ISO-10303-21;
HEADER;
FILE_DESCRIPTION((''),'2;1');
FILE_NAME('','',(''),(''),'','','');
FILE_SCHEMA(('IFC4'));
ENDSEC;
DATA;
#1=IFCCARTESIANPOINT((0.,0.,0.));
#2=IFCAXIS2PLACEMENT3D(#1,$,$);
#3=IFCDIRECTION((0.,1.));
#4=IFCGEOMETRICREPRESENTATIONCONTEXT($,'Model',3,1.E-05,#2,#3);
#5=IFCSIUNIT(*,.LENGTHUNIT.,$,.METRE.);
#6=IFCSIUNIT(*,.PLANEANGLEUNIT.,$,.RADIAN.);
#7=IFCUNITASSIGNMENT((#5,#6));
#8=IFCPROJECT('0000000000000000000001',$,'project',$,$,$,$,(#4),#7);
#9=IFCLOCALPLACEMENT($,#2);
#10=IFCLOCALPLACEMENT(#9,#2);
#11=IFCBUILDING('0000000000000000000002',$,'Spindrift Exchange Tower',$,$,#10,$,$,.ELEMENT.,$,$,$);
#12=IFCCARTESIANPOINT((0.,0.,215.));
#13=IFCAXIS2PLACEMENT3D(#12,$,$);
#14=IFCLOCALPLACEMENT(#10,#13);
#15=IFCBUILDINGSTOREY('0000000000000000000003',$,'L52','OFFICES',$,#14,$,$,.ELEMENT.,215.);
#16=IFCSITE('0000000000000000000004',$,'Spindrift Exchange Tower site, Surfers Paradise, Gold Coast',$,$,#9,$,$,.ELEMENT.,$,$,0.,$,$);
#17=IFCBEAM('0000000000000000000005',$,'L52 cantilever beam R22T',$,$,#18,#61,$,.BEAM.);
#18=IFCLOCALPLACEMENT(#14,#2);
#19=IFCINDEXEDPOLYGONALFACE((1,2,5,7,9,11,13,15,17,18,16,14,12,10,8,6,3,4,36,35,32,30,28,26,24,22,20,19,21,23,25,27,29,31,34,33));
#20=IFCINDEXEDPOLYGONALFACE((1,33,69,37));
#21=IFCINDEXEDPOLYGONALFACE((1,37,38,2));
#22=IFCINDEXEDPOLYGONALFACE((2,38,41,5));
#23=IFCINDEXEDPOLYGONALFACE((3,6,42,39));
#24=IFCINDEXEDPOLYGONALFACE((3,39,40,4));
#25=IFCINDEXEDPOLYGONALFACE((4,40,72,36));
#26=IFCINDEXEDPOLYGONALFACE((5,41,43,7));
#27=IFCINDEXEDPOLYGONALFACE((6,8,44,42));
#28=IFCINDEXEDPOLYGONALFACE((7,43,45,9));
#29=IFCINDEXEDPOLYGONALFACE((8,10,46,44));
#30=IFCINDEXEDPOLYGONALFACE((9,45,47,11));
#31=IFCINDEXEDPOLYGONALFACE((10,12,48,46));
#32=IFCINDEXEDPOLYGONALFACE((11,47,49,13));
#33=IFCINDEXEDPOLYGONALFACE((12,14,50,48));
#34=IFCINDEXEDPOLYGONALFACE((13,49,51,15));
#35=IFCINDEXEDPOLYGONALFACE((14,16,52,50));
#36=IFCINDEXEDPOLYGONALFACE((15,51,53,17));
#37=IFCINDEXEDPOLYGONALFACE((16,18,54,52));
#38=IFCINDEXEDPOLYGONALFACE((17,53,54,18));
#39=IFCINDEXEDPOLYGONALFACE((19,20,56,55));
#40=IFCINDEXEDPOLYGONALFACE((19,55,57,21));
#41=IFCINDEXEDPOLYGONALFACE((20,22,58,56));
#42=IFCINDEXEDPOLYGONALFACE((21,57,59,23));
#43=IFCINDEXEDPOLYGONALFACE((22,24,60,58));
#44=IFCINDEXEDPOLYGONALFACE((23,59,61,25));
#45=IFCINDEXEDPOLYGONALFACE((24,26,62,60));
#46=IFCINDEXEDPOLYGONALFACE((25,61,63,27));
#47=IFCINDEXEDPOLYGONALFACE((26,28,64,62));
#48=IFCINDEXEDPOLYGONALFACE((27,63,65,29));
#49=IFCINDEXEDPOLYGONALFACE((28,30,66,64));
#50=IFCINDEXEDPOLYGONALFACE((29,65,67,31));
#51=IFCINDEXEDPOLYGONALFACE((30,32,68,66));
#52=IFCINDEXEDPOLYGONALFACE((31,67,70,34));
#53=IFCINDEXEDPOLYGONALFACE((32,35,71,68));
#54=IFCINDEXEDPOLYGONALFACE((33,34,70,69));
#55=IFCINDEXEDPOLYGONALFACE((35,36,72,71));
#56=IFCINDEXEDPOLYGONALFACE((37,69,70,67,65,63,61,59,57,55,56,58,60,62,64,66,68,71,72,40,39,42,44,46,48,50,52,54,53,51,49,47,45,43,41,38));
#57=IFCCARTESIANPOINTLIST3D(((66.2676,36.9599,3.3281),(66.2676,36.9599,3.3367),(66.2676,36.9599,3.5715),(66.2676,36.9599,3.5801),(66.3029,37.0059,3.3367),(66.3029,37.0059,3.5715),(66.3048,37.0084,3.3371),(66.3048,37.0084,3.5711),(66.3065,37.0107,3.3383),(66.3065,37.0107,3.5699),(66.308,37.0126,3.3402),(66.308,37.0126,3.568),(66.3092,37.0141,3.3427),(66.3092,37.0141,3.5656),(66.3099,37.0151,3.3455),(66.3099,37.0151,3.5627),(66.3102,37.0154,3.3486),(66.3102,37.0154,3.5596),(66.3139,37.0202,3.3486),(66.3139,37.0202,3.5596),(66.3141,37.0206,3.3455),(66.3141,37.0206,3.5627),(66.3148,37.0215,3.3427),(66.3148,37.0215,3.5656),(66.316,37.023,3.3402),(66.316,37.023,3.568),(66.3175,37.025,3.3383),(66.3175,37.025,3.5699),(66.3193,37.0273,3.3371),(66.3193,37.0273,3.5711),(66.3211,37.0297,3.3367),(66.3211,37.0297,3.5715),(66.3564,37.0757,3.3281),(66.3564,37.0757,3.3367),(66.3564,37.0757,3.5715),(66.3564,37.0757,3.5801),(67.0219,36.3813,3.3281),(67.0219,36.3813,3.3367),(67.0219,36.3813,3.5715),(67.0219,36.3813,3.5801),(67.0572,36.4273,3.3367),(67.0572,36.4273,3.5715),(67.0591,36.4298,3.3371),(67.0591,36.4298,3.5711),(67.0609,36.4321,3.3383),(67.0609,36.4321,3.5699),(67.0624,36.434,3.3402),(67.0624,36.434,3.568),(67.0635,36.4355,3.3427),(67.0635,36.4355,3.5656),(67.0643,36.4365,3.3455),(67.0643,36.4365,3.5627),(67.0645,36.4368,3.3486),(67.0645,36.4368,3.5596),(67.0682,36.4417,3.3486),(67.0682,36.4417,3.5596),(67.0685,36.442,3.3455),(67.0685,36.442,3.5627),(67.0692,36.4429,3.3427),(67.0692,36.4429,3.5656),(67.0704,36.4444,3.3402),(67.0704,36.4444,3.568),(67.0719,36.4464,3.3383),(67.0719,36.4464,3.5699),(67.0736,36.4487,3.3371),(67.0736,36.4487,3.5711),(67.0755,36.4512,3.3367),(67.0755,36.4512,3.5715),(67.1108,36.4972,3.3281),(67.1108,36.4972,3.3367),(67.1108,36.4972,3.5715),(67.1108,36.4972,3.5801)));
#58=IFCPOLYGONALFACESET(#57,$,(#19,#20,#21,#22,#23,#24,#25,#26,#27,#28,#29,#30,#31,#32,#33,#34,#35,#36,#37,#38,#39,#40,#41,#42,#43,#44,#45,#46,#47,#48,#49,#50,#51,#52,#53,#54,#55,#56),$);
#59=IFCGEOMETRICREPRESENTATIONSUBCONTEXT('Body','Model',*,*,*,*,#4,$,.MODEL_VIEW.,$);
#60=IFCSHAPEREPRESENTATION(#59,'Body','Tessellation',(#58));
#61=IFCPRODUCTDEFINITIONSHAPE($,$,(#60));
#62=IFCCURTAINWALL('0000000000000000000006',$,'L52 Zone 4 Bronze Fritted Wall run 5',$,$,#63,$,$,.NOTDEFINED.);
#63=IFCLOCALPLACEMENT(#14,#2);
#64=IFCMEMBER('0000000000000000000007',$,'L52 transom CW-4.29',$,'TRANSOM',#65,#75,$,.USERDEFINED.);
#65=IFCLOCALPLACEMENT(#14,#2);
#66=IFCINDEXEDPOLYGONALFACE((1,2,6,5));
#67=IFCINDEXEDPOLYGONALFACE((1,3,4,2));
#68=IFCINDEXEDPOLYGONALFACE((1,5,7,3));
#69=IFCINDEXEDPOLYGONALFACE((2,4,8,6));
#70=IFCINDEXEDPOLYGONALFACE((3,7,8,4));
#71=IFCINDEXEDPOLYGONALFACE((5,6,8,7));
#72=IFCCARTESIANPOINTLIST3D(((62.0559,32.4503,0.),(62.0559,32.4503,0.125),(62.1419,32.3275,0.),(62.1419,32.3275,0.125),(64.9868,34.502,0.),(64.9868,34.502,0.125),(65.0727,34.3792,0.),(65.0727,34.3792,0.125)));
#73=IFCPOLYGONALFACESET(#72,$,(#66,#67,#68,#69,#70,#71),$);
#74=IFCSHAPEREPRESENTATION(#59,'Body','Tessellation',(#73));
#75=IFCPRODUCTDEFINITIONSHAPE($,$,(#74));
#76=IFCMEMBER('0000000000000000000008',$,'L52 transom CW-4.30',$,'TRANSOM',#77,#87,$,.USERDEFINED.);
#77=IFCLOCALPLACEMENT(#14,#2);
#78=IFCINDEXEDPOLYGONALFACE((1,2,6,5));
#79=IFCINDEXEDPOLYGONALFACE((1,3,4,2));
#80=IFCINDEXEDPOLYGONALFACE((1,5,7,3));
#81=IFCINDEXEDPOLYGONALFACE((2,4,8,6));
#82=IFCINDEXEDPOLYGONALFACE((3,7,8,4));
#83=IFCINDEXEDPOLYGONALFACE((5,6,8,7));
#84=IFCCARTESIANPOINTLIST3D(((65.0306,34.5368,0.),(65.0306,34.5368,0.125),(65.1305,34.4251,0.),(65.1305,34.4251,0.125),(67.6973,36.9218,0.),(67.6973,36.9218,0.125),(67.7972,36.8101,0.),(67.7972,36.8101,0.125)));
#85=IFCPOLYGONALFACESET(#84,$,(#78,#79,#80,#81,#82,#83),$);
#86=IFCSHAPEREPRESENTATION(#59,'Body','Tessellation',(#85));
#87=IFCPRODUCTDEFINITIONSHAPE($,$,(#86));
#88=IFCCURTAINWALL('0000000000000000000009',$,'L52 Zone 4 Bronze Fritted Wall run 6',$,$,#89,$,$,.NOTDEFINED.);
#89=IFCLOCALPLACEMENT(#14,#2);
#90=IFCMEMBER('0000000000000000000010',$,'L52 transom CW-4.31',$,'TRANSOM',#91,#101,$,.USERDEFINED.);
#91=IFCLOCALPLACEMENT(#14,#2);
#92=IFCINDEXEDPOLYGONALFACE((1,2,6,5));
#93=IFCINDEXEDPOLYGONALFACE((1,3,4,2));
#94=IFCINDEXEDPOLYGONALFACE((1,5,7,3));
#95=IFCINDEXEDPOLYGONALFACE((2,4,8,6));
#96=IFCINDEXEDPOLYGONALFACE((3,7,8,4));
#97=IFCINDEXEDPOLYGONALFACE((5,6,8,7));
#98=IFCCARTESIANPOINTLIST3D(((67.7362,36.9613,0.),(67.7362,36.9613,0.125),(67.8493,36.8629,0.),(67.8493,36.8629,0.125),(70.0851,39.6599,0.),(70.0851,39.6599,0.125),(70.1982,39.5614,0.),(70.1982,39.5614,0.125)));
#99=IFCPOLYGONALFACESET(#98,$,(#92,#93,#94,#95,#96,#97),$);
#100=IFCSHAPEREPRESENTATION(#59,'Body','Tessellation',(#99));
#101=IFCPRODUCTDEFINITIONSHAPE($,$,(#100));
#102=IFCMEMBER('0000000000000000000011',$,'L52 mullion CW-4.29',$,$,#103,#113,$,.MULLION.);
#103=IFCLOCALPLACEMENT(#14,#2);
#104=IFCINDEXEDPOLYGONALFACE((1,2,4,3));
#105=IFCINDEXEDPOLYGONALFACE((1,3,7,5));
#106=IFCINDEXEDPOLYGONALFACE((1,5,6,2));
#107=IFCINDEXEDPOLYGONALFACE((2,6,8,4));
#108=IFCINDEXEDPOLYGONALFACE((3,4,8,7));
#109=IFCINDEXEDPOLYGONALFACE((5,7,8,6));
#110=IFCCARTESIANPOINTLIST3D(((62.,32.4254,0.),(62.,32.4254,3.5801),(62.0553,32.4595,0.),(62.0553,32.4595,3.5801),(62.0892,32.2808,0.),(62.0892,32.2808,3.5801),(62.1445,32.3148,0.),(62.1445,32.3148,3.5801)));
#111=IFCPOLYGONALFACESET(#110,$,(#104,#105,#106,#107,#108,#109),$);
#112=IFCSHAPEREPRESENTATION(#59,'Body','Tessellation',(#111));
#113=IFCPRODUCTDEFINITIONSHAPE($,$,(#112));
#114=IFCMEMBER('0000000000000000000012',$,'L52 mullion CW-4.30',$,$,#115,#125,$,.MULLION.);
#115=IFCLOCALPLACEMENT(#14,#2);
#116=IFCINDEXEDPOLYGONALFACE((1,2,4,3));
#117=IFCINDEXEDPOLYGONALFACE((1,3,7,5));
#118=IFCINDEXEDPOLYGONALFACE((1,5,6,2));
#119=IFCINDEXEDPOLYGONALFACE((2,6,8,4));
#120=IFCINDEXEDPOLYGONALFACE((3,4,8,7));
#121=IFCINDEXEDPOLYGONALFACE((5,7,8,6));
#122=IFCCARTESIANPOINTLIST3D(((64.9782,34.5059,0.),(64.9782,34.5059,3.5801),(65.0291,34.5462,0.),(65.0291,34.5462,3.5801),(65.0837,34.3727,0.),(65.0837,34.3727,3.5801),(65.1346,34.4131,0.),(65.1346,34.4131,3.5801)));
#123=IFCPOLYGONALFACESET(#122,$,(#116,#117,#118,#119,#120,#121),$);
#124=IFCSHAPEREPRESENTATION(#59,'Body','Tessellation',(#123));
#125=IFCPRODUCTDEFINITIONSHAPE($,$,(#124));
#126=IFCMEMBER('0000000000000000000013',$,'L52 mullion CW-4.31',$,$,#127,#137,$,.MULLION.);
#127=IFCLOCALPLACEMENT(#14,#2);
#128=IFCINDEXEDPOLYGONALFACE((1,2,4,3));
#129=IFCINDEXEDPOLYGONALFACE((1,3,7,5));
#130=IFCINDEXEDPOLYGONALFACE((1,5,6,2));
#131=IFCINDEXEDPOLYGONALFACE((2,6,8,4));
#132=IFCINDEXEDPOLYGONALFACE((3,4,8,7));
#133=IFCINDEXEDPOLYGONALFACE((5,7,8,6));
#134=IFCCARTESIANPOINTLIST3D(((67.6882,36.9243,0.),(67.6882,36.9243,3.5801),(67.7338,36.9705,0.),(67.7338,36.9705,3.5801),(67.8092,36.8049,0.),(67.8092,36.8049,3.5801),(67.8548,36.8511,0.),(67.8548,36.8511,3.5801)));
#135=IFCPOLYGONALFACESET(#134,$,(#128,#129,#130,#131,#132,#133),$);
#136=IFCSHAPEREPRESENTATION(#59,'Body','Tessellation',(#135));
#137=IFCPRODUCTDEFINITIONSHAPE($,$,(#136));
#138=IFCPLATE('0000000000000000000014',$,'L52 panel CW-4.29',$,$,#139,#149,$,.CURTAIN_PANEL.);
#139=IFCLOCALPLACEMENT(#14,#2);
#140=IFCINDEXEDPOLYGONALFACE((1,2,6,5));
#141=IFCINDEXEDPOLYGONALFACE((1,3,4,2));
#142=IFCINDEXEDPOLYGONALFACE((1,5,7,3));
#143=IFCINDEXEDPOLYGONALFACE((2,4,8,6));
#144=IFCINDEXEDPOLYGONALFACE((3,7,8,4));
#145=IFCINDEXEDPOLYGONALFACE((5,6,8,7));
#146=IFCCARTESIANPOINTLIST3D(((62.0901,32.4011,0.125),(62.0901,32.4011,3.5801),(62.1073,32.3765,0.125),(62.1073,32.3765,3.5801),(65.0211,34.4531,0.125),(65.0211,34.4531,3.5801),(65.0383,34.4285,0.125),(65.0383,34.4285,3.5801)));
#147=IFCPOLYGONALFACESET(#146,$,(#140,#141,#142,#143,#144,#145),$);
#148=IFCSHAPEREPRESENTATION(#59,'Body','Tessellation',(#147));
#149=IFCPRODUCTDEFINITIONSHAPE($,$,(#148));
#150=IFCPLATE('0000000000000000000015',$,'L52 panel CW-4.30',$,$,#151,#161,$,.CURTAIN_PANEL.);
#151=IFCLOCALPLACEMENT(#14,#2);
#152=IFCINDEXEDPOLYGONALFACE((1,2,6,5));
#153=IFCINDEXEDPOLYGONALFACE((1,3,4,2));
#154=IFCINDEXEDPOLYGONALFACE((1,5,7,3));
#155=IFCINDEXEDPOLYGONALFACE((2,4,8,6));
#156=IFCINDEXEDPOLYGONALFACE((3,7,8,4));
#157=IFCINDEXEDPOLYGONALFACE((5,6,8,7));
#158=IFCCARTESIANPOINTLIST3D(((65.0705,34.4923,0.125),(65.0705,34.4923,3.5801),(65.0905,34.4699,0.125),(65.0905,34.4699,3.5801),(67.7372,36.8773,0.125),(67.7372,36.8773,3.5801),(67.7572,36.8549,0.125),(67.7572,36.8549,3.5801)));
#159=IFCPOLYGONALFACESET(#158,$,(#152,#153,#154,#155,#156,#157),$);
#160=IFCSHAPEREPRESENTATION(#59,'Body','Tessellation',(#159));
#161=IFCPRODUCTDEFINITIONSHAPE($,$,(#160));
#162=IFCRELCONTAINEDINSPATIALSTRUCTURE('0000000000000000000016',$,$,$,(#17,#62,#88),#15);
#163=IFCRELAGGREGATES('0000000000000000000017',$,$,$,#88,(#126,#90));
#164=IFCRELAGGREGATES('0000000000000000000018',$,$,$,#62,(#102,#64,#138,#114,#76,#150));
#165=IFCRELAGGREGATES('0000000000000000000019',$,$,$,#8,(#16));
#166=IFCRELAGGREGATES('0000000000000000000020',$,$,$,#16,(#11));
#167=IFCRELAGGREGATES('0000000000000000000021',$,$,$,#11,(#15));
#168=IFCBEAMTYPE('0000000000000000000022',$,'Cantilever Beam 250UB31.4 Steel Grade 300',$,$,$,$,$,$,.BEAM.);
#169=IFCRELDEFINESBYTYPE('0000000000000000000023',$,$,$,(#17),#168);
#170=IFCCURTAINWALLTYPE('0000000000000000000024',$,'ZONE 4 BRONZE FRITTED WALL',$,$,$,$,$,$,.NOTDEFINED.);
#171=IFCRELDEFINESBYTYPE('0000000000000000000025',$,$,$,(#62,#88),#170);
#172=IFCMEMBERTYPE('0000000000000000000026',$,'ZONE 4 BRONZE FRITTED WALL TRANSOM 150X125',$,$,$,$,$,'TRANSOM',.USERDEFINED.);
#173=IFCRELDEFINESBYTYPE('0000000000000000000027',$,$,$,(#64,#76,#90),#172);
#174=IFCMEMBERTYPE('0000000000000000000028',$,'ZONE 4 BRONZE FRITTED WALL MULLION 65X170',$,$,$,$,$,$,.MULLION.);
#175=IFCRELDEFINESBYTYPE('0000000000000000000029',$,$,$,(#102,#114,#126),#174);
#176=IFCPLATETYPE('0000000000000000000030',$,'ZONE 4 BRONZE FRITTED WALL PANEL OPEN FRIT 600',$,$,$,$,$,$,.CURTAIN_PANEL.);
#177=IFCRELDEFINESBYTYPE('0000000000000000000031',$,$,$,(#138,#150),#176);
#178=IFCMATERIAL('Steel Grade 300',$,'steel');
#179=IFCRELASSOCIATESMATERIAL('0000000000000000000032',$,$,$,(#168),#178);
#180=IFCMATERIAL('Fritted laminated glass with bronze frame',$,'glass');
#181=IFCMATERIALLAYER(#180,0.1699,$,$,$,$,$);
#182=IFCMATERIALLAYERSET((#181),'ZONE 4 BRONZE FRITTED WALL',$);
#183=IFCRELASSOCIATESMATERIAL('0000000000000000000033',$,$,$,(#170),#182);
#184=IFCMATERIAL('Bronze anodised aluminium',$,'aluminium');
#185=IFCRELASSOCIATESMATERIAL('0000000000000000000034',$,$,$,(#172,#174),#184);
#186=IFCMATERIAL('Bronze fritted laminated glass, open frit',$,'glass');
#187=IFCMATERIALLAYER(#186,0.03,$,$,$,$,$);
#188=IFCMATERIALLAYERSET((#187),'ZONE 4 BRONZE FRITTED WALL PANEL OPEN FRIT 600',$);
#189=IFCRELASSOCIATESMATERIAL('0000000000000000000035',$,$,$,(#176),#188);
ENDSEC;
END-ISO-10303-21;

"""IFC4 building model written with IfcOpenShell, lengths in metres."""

from ifc_helpers import new_model, si_unit, direction, frame, origin, origin_2d, place, context, subcontext, project, spatial, rectangle, i_section, extrude, source, transform, mapped, material, layer, layer_set, material_profile, profile_set, type_object, element, aggregate, save


model = new_model("IFC4")

# Units and contexts
model_context = context("Model", 3, precision=1e-05, world=origin(), true_north=direction((0.0, 1.0)))
body_context = subcontext(model_context, "Body", "Model", "MODEL_VIEW")
ifc_project = project(units=[si_unit("LENGTHUNIT", "METRE"), si_unit("PLANEANGLEUNIT", "RADIAN")], contexts=[model_context])

# Site, building, storey
site_placement = place(None, origin())
site = spatial("IfcSite", under=ifc_project, at=site_placement, Name="Spindrift Exchange Tower site, Surfers Paradise, Gold Coast", CompositionType="ELEMENT", RefElevation=0.0)
building_placement = place(site_placement, origin())
building = spatial("IfcBuilding", under=site, at=building_placement, Name="Spindrift Exchange Tower", CompositionType="ELEMENT")
storey_placement = place(building_placement, frame((0.0, 0.0, 215.0)))
storey = spatial("IfcBuildingStorey", under=building, at=storey_placement, Name="L52", Description="OFFICES", CompositionType="ELEMENT", Elevation=215.0)

# Beam
ifc_material_1 = material(Name="Steel Grade 300", Category="steel")
ifc_material_profile_1 = material_profile(ifc_material_1, i_section(OverallWidth=0.146, OverallDepth=0.252, WebThickness=0.0061, FlangeThickness=0.0085, FilletRadius=0.012, at=origin_2d()), Name="250UB31.4")
ifc_profile_set_1 = profile_set([ifc_material_profile_1], Name="Steel Grade 300")
beam_type_1 = type_object("IfcBeamType", Name="Cantilever Beam 250UB31.4 Steel Grade 300", PredefinedType="BEAM", material=ifc_profile_set_1)
shared_shape_1 = source(origin(), body_context, "Body", "SweptSolid", [
    extrude(i_section(OverallWidth=0.146, OverallDepth=0.252, WebThickness=0.0061, FlangeThickness=0.0085, FilletRadius=0.012, at=origin_2d()), origin(), (0.0, 0.0, 1.0), 0.9507),
])
beam_1_placement = place(storey_placement, frame((66.312, 37.0178, 3.4541), z_axis=(0.793482, -0.608593, 0.0), x_axis=(0.608593, 0.793482, 0.0)))
element("IfcBeam", 1, at=beam_1_placement, inside=storey, type_object=beam_type_1, Name="L52 cantilever beam R22T", PredefinedType="BEAM", context=body_context, shape_type="MappedRepresentation", body=[
    mapped(shared_shape_1, transform((0.0, 0.0, 0.0), scale=1.0)),
])

# Curtain wall, members
ifc_material_2 = material(Name="Fritted laminated glass with bronze frame", Category="glass")
ifc_layer_1 = layer(ifc_material_2, 0.1699)
ifc_layer_set_1 = layer_set([ifc_layer_1], Name="ZONE 4 BRONZE FRITTED WALL")
curtain_wall_type = type_object("IfcCurtainWallType", Name="ZONE 4 BRONZE FRITTED WALL", PredefinedType="NOTDEFINED", material=ifc_layer_set_1)
curtain_wall_1_placement = place(storey_placement, origin())
curtain_wall_1 = element("IfcCurtainWall", 2, at=curtain_wall_1_placement, inside=storey, type_object=curtain_wall_type, Name="L52 Zone 4 Bronze Fritted Wall run 5", PredefinedType="NOTDEFINED")
ifc_material_3 = material(Name="Bronze anodised aluminium", Category="aluminium")
ifc_material_profile_2 = material_profile(ifc_material_3, rectangle(XDim=0.1499, YDim=0.125, at=origin_2d()), Name="ZONE 4 BRONZE FRITTED WALL TRANSOM 150X125")
ifc_profile_set_2 = profile_set([ifc_material_profile_2], Name="Bronze anodised aluminium")
member_type_1 = type_object("IfcMemberType", Name="ZONE 4 BRONZE FRITTED WALL TRANSOM 150X125", ElementType="TRANSOM", PredefinedType="USERDEFINED", material=ifc_profile_set_2)
shared_shape_2 = source(origin(), body_context, "Body", "SweptSolid", [
    extrude(rectangle(XDim=0.1499, YDim=0.125, at=origin_2d()), origin(), (0.0, 0.0, 1.0), 3.5776),
])
member_1_placement = place(storey_placement, frame((62.0989, 32.3889, 0.0625), z_axis=(0.819216, 0.573485, 0.0), x_axis=(-0.573485, 0.819216, 0.0)))
member_1 = element("IfcMember", 3, at=member_1_placement, type_object=member_type_1, Name="L52 transom CW-4.29", ObjectType="TRANSOM", PredefinedType="USERDEFINED", context=body_context, shape_type="MappedRepresentation", body=[
    mapped(shared_shape_2, transform((0.0, 0.0, 0.0), scale=1.0)),
])
member_2_placement = place(storey_placement, frame((65.0806, 34.481, 0.0625), z_axis=(0.745384, 0.666635, 0.0), x_axis=(-0.666635, 0.745384, 0.0)))
member_2 = element("IfcMember", 4, at=member_2_placement, type_object=member_type_1, Name="L52 transom CW-4.30", ObjectType="TRANSOM", PredefinedType="USERDEFINED", context=body_context, shape_type="MappedRepresentation", body=[
    mapped(shared_shape_2, transform((0.0, 0.0, 0.0), scale=1.0)),
])

# Curtain wall, member
curtain_wall_2_placement = place(storey_placement, origin())
curtain_wall_2 = element("IfcCurtainWall", 5, at=curtain_wall_2_placement, inside=storey, type_object=curtain_wall_type, Name="L52 Zone 4 Bronze Fritted Wall run 6", PredefinedType="NOTDEFINED")
member_3_placement = place(storey_placement, frame((67.7927, 36.9121, 0.0625), z_axis=(0.656555, 0.754278, 0.0), x_axis=(-0.754278, 0.656555, 0.0)))
member_3 = element("IfcMember", 6, at=member_3_placement, type_object=member_type_1, Name="L52 transom CW-4.31", ObjectType="TRANSOM", PredefinedType="USERDEFINED", context=body_context, shape_type="MappedRepresentation", body=[
    mapped(shared_shape_2, transform((0.0, 0.0, 0.0), scale=1.0)),
])

# Members
ifc_material_profile_3 = material_profile(ifc_material_3, rectangle(XDim=0.0649, YDim=0.1699, at=origin_2d()), Name="ZONE 4 BRONZE FRITTED WALL MULLION 65X170")
ifc_profile_set_3 = profile_set([ifc_material_profile_3], Name="Bronze anodised aluminium")
member_type_2 = type_object("IfcMemberType", Name="ZONE 4 BRONZE FRITTED WALL MULLION 65X170", PredefinedType="MULLION", material=ifc_profile_set_3)
shared_shape_3 = source(origin(), body_context, "Body", "SweptSolid", [
    extrude(rectangle(XDim=0.0649, YDim=0.1699, at=origin_2d()), origin(), (0.0, 0.0, 1.0), 3.5801),
])
member_4_placement = place(storey_placement, frame((62.0723, 32.3701, 0.0), z_axis=(0.0, 0.0, 1.0), x_axis=(0.851172, 0.524887, 0.0)))
member_4 = element("IfcMember", 7, at=member_4_placement, type_object=member_type_2, Name="L52 mullion CW-4.29", PredefinedType="MULLION", context=body_context, shape_type="MappedRepresentation", body=[
    mapped(shared_shape_3, transform((0.0, 0.0, 0.0), scale=1.0)),
])
member_5_placement = place(storey_placement, frame((65.0564, 34.4595, 0.0), z_axis=(0.0, 0.0, 1.0), x_axis=(0.783673, 0.621174, 0.0)))
member_5 = element("IfcMember", 8, at=member_5_placement, type_object=member_type_2, Name="L52 mullion CW-4.30", PredefinedType="MULLION", context=body_context, shape_type="MappedRepresentation", body=[
    mapped(shared_shape_3, transform((0.0, 0.0, 0.0), scale=1.0)),
])
member_6_placement = place(storey_placement, frame((67.7715, 36.8877, 0.0), z_axis=(0.0, 0.0, 1.0), x_axis=(0.702345, 0.711837, 0.0)))
member_6 = element("IfcMember", 9, at=member_6_placement, type_object=member_type_2, Name="L52 mullion CW-4.31", PredefinedType="MULLION", context=body_context, shape_type="MappedRepresentation", body=[
    mapped(shared_shape_3, transform((0.0, 0.0, 0.0), scale=1.0)),
])
aggregate(curtain_wall_2, [member_6, member_3])

# Plates
ifc_material_4 = material(Name="Bronze fritted laminated glass, open frit", Category="glass")
ifc_layer_2 = layer(ifc_material_4, 0.03)
ifc_layer_set_2 = layer_set([ifc_layer_2], Name="ZONE 4 BRONZE FRITTED WALL PANEL OPEN FRIT 600")
plate_type = type_object("IfcPlateType", Name="ZONE 4 BRONZE FRITTED WALL PANEL OPEN FRIT 600", PredefinedType="CURTAIN_PANEL", material=ifc_layer_set_2)
shared_shape_4 = source(origin(), body_context, "Body", "SweptSolid", [
    extrude(rectangle(XDim=3.5779, YDim=0.03, at=origin_2d()), origin(), (0.0, 0.0, 1.0), 3.4551),
])
plate_1_placement = place(storey_placement, frame((63.5642, 33.4148, 0.125), z_axis=(0.0, 0.0, 1.0), x_axis=(0.819198, 0.573511, 0.0)))
plate_1 = element("IfcPlate", 10, at=plate_1_placement, type_object=plate_type, Name="L52 panel CW-4.29", PredefinedType="CURTAIN_PANEL", context=body_context, shape_type="MappedRepresentation", body=[
    mapped(shared_shape_4, transform((0.0, 0.0, 0.0), scale=1.0)),
])
shared_shape_5 = source(origin(), body_context, "Body", "SweptSolid", [
    extrude(rectangle(XDim=3.5776, YDim=0.03, at=origin_2d()), origin(), (0.0, 0.0, 1.0), 3.4551),
])
plate_2_placement = place(storey_placement, frame((66.4138, 35.6736, 0.125), z_axis=(0.0, 0.0, 1.0), x_axis=(0.745378, 0.666642, 0.0)))
plate_2 = element("IfcPlate", 11, at=plate_2_placement, type_object=plate_type, Name="L52 panel CW-4.30", PredefinedType="CURTAIN_PANEL", context=body_context, shape_type="MappedRepresentation", body=[
    mapped(shared_shape_5, transform((0.0, 0.0, 0.0), scale=1.0)),
])
aggregate(curtain_wall_1, [member_4, member_1, plate_1, member_5, member_2, plate_2])

save(model, "model.ifc")
